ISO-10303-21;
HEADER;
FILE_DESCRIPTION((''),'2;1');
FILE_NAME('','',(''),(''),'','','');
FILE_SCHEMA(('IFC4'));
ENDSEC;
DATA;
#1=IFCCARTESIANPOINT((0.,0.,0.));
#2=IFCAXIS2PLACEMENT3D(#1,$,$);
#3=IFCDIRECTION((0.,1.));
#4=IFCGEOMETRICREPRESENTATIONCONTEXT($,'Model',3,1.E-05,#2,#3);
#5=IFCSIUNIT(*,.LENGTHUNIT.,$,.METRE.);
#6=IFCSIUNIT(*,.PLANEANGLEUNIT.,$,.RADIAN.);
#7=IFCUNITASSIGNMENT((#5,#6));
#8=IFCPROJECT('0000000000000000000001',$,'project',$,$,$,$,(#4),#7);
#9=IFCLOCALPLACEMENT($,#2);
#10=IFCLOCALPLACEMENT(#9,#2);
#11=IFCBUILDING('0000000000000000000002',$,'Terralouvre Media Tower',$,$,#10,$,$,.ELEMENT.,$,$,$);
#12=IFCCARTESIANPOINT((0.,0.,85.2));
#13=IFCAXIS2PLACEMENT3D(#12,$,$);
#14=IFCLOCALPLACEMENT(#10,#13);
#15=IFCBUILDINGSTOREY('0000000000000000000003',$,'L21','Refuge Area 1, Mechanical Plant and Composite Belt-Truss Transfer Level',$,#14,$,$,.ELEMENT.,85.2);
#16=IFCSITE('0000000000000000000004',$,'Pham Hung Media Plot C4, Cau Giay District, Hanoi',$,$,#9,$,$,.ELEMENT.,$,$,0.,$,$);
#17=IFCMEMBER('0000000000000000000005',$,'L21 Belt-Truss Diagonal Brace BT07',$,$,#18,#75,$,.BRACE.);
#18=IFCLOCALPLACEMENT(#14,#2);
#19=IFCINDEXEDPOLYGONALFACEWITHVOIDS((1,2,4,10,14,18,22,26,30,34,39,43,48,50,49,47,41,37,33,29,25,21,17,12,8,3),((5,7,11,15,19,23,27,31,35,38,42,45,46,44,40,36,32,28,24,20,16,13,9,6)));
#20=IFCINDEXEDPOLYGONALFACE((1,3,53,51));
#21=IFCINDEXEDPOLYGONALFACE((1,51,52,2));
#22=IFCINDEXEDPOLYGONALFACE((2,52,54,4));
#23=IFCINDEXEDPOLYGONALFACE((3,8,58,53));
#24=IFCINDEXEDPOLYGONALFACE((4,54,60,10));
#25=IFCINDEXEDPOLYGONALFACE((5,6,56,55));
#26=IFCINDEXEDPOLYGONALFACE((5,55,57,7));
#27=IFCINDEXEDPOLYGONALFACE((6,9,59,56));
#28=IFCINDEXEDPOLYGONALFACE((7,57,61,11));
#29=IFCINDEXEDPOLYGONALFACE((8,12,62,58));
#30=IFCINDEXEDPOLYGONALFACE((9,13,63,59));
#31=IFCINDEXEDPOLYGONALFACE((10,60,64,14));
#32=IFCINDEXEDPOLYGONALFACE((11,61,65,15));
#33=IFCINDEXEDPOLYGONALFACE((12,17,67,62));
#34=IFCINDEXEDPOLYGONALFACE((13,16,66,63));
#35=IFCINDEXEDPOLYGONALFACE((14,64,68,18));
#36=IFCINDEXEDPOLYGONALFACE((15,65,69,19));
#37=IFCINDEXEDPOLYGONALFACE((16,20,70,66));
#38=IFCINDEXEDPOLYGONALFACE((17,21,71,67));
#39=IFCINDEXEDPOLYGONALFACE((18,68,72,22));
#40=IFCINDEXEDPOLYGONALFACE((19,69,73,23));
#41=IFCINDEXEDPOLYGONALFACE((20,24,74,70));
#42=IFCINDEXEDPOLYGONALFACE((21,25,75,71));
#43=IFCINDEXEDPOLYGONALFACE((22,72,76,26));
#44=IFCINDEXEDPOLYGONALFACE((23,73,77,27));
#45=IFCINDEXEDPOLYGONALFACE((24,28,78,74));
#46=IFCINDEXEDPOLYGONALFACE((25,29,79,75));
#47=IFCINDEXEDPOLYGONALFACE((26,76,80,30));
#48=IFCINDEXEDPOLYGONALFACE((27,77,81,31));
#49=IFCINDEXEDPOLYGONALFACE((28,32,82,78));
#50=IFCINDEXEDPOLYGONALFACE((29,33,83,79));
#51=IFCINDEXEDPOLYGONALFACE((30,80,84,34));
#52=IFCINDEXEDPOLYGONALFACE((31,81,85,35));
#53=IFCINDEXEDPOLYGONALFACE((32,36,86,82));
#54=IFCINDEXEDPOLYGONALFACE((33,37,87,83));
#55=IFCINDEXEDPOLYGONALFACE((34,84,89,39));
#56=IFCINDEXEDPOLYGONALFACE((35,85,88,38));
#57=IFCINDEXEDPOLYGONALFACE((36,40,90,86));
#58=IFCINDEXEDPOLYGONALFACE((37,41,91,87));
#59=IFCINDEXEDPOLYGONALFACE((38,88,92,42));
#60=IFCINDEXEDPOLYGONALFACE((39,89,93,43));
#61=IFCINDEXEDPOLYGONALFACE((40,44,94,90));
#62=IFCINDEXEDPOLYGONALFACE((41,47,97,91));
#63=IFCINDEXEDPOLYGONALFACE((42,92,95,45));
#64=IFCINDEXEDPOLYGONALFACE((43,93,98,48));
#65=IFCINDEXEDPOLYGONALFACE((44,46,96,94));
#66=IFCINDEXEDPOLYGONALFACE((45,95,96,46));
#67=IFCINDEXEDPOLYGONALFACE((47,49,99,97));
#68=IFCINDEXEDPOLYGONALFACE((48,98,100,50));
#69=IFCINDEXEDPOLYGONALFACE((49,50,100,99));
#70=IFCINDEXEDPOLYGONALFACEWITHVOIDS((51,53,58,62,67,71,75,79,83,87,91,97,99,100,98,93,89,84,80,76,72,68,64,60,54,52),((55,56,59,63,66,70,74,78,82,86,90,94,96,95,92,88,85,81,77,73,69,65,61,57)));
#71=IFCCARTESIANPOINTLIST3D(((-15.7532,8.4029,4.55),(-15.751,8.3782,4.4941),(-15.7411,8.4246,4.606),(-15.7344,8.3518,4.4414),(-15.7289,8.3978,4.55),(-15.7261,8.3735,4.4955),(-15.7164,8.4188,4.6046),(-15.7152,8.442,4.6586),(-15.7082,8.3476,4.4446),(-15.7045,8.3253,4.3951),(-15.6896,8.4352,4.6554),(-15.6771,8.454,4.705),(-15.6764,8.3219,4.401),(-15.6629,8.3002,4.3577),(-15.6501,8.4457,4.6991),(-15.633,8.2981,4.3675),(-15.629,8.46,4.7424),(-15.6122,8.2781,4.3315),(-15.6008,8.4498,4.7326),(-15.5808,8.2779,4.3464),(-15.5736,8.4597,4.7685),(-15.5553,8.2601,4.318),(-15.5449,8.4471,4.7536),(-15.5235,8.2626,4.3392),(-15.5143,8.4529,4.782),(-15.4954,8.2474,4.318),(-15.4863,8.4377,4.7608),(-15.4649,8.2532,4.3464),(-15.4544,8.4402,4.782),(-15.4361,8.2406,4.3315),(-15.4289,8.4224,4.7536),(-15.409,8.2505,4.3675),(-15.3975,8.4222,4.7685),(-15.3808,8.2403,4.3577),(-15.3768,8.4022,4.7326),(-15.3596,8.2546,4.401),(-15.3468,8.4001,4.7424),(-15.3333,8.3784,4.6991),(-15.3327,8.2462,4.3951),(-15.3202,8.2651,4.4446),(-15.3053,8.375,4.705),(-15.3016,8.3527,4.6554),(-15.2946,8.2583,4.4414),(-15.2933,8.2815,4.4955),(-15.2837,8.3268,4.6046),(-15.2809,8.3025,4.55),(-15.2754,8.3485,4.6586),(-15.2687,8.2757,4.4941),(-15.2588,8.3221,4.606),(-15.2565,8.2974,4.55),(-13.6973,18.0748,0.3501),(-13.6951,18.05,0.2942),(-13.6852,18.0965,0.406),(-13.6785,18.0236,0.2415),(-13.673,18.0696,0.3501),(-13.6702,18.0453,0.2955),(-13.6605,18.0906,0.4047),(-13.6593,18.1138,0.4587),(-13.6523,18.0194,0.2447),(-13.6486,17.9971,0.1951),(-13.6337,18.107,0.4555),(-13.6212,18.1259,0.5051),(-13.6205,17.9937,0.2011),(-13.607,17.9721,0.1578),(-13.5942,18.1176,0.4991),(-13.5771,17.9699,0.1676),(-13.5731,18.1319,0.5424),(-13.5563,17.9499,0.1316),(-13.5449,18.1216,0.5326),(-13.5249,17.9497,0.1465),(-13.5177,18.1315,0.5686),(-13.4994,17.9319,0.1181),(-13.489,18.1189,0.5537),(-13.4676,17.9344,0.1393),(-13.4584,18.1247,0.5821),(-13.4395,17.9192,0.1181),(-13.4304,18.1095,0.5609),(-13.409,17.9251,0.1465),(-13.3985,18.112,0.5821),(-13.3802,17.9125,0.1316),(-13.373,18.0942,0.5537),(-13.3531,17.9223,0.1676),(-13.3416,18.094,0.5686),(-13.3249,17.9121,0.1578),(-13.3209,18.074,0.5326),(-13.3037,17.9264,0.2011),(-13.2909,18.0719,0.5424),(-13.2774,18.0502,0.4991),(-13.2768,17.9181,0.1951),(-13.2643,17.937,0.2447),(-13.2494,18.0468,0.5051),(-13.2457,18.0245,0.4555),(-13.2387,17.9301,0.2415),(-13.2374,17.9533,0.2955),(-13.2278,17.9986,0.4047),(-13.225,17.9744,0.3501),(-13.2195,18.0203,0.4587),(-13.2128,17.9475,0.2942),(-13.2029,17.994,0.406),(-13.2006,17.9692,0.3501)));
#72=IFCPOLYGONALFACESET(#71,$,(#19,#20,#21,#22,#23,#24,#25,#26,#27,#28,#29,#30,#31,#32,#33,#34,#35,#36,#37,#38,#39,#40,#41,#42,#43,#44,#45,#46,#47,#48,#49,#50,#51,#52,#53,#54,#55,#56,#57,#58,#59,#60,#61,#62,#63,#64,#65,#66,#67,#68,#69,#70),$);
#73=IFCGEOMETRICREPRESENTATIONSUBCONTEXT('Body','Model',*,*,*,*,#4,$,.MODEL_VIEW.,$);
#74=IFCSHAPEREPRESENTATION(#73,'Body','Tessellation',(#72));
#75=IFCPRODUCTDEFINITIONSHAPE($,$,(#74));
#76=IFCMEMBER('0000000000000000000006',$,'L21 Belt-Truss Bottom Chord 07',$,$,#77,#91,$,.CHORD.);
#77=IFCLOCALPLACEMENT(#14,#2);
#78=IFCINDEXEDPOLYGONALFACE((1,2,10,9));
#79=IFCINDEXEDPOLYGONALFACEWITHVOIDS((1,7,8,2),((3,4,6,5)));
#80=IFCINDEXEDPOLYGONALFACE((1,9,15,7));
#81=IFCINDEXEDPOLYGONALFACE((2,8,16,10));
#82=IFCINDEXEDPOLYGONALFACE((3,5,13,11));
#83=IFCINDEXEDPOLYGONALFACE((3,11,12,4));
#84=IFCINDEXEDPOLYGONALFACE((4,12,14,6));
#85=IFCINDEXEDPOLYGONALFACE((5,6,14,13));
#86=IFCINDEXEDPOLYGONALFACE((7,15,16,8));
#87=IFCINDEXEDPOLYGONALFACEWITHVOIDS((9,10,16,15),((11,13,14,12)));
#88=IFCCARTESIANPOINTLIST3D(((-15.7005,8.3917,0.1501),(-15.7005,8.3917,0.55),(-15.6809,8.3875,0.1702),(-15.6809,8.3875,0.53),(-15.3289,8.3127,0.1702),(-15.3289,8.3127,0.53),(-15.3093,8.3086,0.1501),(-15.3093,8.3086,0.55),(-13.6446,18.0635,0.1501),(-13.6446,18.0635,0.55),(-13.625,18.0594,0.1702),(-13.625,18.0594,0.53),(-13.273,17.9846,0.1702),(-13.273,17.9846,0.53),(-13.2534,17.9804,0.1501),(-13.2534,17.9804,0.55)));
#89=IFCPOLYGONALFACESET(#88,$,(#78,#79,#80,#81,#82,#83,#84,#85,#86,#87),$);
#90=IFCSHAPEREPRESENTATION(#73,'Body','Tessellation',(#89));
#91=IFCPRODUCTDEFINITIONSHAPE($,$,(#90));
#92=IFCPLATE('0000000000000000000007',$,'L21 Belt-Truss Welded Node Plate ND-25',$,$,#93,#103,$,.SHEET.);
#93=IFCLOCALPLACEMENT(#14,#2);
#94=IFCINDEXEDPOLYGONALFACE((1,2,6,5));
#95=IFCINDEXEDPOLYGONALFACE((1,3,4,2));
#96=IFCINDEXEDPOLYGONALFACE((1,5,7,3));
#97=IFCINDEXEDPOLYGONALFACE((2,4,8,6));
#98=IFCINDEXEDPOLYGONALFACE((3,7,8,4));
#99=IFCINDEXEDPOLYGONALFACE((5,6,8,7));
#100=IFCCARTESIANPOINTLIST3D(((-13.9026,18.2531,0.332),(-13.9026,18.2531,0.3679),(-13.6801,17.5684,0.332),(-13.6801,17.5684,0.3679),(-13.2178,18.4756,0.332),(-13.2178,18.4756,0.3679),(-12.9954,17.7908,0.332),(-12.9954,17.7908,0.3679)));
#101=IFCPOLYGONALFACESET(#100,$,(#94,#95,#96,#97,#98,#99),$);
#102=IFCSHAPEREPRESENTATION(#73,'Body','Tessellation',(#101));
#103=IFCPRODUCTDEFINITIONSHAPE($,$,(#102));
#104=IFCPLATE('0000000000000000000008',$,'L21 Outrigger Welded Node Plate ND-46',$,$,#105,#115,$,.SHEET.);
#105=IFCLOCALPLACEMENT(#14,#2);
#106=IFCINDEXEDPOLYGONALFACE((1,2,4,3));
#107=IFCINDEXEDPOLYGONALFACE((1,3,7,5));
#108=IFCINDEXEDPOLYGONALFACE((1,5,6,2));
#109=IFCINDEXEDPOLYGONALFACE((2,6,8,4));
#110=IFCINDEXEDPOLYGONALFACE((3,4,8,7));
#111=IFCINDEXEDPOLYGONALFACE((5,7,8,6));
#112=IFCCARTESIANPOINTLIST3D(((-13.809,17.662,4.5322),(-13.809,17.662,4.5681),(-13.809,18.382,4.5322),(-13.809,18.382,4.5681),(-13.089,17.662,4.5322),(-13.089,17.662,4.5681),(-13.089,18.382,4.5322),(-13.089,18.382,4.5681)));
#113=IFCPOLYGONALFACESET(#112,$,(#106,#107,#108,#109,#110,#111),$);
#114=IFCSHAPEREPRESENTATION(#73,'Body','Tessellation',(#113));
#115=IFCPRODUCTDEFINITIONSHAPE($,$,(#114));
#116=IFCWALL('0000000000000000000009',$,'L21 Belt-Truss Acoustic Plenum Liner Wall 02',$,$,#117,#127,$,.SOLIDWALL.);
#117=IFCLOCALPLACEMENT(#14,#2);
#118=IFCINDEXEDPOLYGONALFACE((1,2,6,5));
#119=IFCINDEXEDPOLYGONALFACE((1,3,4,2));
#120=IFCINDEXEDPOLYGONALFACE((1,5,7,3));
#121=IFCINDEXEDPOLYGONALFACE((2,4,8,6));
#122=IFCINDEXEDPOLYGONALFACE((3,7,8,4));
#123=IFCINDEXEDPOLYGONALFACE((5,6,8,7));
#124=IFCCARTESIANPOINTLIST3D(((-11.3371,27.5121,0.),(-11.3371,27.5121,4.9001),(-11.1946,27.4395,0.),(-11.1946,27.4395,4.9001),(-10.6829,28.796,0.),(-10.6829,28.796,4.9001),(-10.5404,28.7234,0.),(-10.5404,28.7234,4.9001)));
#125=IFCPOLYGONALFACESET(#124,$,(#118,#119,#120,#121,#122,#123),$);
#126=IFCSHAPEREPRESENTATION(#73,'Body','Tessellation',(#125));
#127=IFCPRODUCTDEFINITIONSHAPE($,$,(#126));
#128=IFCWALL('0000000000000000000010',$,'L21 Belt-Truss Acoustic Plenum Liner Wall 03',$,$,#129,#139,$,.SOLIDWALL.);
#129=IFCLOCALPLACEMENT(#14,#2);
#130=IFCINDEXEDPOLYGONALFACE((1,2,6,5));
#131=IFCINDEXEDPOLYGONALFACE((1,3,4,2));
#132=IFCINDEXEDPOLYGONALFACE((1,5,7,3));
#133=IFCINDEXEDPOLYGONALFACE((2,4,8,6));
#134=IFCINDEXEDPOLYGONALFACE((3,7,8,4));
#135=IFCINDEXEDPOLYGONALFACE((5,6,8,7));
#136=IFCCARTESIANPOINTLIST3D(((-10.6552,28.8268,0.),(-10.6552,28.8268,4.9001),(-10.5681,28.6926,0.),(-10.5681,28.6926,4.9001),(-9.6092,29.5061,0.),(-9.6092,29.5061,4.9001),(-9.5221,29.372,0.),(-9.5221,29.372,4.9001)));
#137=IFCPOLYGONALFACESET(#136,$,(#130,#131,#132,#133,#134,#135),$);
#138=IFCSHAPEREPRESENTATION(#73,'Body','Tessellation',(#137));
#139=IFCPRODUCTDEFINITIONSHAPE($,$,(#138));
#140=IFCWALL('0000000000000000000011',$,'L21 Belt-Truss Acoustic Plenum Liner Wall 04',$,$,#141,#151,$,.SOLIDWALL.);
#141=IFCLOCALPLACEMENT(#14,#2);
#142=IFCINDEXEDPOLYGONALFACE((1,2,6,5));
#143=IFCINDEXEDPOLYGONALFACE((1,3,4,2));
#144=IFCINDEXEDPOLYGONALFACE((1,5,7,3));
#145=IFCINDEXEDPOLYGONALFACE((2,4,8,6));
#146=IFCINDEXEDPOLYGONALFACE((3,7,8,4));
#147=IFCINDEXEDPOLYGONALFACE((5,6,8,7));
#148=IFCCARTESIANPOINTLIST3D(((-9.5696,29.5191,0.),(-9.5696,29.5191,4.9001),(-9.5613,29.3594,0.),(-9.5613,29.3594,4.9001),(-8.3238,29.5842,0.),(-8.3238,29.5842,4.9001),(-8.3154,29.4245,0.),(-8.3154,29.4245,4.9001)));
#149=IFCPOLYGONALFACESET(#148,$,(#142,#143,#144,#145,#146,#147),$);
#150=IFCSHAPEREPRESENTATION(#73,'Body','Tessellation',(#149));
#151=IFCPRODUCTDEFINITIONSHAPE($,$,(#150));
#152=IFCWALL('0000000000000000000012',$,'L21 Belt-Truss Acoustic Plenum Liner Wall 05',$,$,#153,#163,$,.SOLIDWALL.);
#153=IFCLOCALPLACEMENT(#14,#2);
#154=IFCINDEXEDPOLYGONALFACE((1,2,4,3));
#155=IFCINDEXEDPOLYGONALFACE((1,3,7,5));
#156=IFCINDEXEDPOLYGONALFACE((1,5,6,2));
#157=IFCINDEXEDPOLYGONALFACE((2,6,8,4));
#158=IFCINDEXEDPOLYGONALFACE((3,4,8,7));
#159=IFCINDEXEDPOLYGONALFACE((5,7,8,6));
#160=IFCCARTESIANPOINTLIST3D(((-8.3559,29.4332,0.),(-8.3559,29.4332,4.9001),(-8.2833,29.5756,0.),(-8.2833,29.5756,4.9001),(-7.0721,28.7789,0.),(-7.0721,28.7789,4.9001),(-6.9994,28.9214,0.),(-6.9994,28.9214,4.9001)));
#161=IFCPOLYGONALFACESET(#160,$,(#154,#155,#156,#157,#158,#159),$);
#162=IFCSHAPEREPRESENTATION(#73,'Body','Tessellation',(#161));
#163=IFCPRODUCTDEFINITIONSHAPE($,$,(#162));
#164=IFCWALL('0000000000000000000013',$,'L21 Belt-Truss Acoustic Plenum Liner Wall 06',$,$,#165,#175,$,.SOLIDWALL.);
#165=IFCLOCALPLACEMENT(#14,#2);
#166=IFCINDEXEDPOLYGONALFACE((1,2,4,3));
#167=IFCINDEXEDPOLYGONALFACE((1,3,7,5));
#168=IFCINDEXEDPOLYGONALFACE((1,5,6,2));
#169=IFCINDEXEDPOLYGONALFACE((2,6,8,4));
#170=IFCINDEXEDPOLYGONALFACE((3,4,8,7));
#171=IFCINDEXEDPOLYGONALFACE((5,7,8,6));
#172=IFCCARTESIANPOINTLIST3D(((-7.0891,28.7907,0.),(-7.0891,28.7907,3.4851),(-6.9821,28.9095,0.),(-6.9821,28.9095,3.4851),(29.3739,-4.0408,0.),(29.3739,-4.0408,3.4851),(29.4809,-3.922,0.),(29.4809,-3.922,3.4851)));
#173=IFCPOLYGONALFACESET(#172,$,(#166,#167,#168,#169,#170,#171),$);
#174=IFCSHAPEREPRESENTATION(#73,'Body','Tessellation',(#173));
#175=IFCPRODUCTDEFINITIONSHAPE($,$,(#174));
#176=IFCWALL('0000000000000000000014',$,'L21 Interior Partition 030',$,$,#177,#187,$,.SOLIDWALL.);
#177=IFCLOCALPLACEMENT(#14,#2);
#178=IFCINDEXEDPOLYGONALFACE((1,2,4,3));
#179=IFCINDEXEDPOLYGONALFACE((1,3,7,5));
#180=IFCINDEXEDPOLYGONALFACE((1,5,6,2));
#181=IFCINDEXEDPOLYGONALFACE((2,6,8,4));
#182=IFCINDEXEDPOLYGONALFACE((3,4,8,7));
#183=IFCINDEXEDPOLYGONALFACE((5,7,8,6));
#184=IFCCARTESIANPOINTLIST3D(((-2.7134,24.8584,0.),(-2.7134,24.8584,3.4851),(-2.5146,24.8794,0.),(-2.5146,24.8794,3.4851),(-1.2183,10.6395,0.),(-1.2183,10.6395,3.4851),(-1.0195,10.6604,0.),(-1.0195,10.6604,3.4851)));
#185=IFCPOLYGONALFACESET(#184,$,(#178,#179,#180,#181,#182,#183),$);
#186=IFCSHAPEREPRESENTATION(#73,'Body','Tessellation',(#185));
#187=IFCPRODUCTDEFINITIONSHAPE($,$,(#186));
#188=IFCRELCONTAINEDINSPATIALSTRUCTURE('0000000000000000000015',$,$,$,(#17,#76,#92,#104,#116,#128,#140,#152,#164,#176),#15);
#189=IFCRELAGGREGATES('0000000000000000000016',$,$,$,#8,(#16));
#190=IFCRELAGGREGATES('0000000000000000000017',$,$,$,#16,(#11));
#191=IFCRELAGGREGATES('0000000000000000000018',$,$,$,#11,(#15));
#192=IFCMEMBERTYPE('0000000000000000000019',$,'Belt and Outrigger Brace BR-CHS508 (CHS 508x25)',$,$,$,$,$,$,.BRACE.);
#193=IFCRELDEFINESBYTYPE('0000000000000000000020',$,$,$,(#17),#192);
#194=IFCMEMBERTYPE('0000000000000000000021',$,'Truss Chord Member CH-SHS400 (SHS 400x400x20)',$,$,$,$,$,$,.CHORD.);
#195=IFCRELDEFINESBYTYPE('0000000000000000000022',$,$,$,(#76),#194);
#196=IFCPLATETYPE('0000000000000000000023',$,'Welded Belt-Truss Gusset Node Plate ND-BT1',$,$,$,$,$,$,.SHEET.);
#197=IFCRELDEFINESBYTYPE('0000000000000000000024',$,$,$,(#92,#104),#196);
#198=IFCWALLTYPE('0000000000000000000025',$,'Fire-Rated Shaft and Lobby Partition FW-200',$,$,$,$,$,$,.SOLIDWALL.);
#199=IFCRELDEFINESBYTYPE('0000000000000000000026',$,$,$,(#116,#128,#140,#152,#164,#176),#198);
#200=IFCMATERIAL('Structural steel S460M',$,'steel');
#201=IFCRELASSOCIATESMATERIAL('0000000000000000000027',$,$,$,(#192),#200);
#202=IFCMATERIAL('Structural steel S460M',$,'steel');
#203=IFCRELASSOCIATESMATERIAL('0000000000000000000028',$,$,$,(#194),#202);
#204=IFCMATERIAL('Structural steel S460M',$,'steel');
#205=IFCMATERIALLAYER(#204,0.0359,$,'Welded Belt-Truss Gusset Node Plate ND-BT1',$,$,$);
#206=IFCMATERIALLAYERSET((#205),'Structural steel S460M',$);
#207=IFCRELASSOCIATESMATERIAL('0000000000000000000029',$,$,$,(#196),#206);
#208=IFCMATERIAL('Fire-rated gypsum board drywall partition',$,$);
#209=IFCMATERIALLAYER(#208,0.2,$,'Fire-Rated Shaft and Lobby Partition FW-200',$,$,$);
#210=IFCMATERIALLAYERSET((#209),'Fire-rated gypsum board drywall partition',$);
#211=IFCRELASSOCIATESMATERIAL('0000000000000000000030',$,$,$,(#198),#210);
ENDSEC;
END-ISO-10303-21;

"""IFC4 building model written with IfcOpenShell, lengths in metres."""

from ifc_helpers import new_model, si_unit, direction, frame, frame_2d, origin, origin_2d, place, context, subcontext, project, spatial, rectangle, hollow_rectangle, hollow_circle, extrude, material, layer, layer_set, material_profile, profile_set, type_object, element, save


model = new_model("IFC4")

# Units and contexts
model_context = context("Model", 3, precision=1e-05, world=origin(), true_north=direction((0.0, 1.0)))
body_context = subcontext(model_context, "Body", "Model", "MODEL_VIEW")
ifc_project = project(units=[si_unit("LENGTHUNIT", "METRE"), si_unit("PLANEANGLEUNIT", "RADIAN")], contexts=[model_context])

# Site, building, storey
site_placement = place(None, origin())
site = spatial("IfcSite", under=ifc_project, at=site_placement, Name="Pham Hung Media Plot C4, Cau Giay District, Hanoi", CompositionType="ELEMENT", RefElevation=0.0)
building_placement = place(site_placement, origin())
building = spatial("IfcBuilding", under=site, at=building_placement, Name="Terralouvre Media Tower", CompositionType="ELEMENT")
storey_placement = place(building_placement, frame((0.0, 0.0, 85.2)))
storey = spatial("IfcBuildingStorey", under=building, at=storey_placement, Name="L21", Description="Refuge Area 1, Mechanical Plant and Composite Belt-Truss Transfer Level", CompositionType="ELEMENT", Elevation=85.2)

# Members
ifc_material_1 = material(Name="Structural steel S460M", Category="steel")
ifc_material_profile_1 = material_profile(ifc_material_1, hollow_circle(Radius=0.2539, WallThickness=0.0249, at=origin_2d()), Name="CHS 508x25")
ifc_profile_set_1 = profile_set([ifc_material_profile_1], Name="Structural steel S460M")
member_type_1 = type_object("IfcMemberType", Name="Belt and Outrigger Brace BR-CHS508 (CHS 508x25)", PredefinedType="BRACE", material=ifc_profile_set_1)
member_1_placement = place(storey_placement, frame((-13.449, 18.022, 0.3501), z_axis=(-0.191372, -0.900298, 0.390949), x_axis=(0.978146, -0.20792, 0.0)))
element("IfcMember", 1, at=member_1_placement, inside=storey, type_object=member_type_1, Name="L21 Belt-Truss Diagonal Brace BT07", PredefinedType="BRACE", context=body_context, shape_type="SweptSolid", body=[
    extrude(hollow_circle(Radius=0.2539, WallThickness=0.0249, at=origin_2d()), origin(), (0.0, 0.0, 1.0), 10.7429),
])
ifc_material_2 = material(Name="Structural steel S460M", Category="steel")
ifc_material_profile_2 = material_profile(ifc_material_2, hollow_rectangle(XDim=0.3999, YDim=0.3999, WallThickness=0.02, at=origin_2d()), Name="SHS 400x400x20")
ifc_profile_set_2 = profile_set([ifc_material_profile_2], Name="Structural steel S460M")
member_type_2 = type_object("IfcMemberType", Name="Truss Chord Member CH-SHS400 (SHS 400x400x20)", PredefinedType="CHORD", material=ifc_profile_set_2)
member_2_placement = place(storey_placement, frame((-13.449, 18.022, 0.3501), z_axis=(-0.20792, -0.978146, 0.0), x_axis=(0.978146, -0.20792, 0.0)))
element("IfcMember", 2, at=member_2_placement, inside=storey, type_object=member_type_2, Name="L21 Belt-Truss Bottom Chord 07", PredefinedType="CHORD", context=body_context, shape_type="SweptSolid", body=[
    extrude(hollow_rectangle(XDim=0.3999, YDim=0.3999, WallThickness=0.02, at=origin_2d()), origin(), (0.0, 0.0, 1.0), 9.8879),
])

# Plates
ifc_material_3 = material(Name="Structural steel S460M", Category="steel")
ifc_layer_1 = layer(ifc_material_3, 0.0359, Name="Welded Belt-Truss Gusset Node Plate ND-BT1")
ifc_layer_set_1 = layer_set([ifc_layer_1], Name="Structural steel S460M")
plate_type = type_object("IfcPlateType", Name="Welded Belt-Truss Gusset Node Plate ND-BT1", PredefinedType="SHEET", material=ifc_layer_set_1)
for number, where, z_axis, x_axis, name in (
    (3, (-13.449, 18.022, 0.332), (0.0, 0.0, 1.0), (0.951057, 0.309017, 0.0), "L21 Belt-Truss Welded Node Plate ND-25"),
    (4, (-13.449, 18.022, 4.5322), (0.0, 0.0, 1.0), (1.0, 0.0, 0.0), "L21 Outrigger Welded Node Plate ND-46"),
):
    element("IfcPlate", number, at=place(storey_placement, frame(where, z_axis=z_axis, x_axis=x_axis)), inside=storey, type_object=plate_type, Name=name, PredefinedType="SHEET", context=body_context, shape_type="SweptSolid", body=[
        extrude(rectangle(XDim=0.72, YDim=0.72, at=origin_2d()), origin(), (0.0, 0.0, 1.0), 0.0359),
    ])

# Walls
ifc_material_4 = material(Name="Fire-rated gypsum board drywall partition")
ifc_layer_2 = layer(ifc_material_4, 0.2, Name="Fire-Rated Shaft and Lobby Partition FW-200")
ifc_layer_set_2 = layer_set([ifc_layer_2], Name="Fire-rated gypsum board drywall partition")
wall_type_1 = type_object("IfcWallType", Name="Fire-Rated Shaft and Lobby Partition FW-200", PredefinedType="SOLIDWALL", material=ifc_layer_set_2)
wall_1_placement = place(storey_placement, frame((-11.2659, 27.4758, 0.0), z_axis=(0.0, 0.0, 1.0), x_axis=(0.454045, 0.890979, 0.0)))
element("IfcWall", 5, at=wall_1_placement, inside=storey, type_object=wall_type_1, Name="L21 Belt-Truss Acoustic Plenum Liner Wall 02", PredefinedType="SOLIDWALL", context=body_context, shape_type="SweptSolid", body=[
    extrude(rectangle(XDim=1.4409, YDim=0.1599, at=frame_2d((0.7205, 0.0))), origin(), (0.0, 0.0, 1.0), 4.9001),
])
wall_2_placement = place(storey_placement, frame((-10.6116, 28.7598, 0.0), z_axis=(0.0, 0.0, 1.0), x_axis=(0.838645, 0.544679, 0.0)))
element("IfcWall", 6, at=wall_2_placement, inside=storey, type_object=wall_type_1, Name="L21 Belt-Truss Acoustic Plenum Liner Wall 03", PredefinedType="SOLIDWALL", context=body_context, shape_type="SweptSolid", body=[
    extrude(rectangle(XDim=1.2473, YDim=0.1599, at=frame_2d((0.6235, 0.0))), origin(), (0.0, 0.0, 1.0), 4.9001),
])
wall_3_placement = place(storey_placement, frame((-9.5654, 29.4392, 0.0), z_axis=(0.0, 0.0, 1.0), x_axis=(0.998634, 0.052251, 0.0)))
element("IfcWall", 7, at=wall_3_placement, inside=storey, type_object=wall_type_1, Name="L21 Belt-Truss Acoustic Plenum Liner Wall 04", PredefinedType="SOLIDWALL", context=body_context, shape_type="SweptSolid", body=[
    extrude(rectangle(XDim=1.2476, YDim=0.1599, at=frame_2d((0.6238, 0.0))), origin(), (0.0, 0.0, 1.0), 4.9001),
])
wall_4_placement = place(storey_placement, frame((-8.3196, 29.5044, 0.0), z_axis=(0.0, 0.0, 1.0), x_axis=(0.890979, -0.454045, 0.0)))
element("IfcWall", 8, at=wall_4_placement, inside=storey, type_object=wall_type_1, Name="L21 Belt-Truss Acoustic Plenum Liner Wall 05", PredefinedType="SOLIDWALL", context=body_context, shape_type="SweptSolid", body=[
    extrude(rectangle(XDim=1.4409, YDim=0.1599, at=frame_2d((0.7205, 0.0))), origin(), (0.0, 0.0, 1.0), 4.9001),
])
wall_5_placement = place(storey_placement, frame((-7.0356, 28.8501, 0.0), z_axis=(0.0, 0.0, 1.0), x_axis=(0.743145, -0.66913, 0.0)))
element("IfcWall", 9, at=wall_5_placement, inside=storey, type_object=wall_type_1, Name="L21 Belt-Truss Acoustic Plenum Liner Wall 06", PredefinedType="SOLIDWALL", context=body_context, shape_type="SweptSolid", body=[
    extrude(rectangle(XDim=49.0659, YDim=0.1599, at=frame_2d((24.533, 0.0))), origin(), (0.0, 0.0, 1.0), 3.4851),
])
wall_6_placement = place(storey_placement, frame((-2.614, 24.8689, 0.0), z_axis=(0.0, 0.0, 1.0), x_axis=(0.104573, -0.994517, 0.0)))
element("IfcWall", 10, at=wall_6_placement, inside=storey, type_object=wall_type_1, Name="L21 Interior Partition 030", PredefinedType="SOLIDWALL", context=body_context, shape_type="SweptSolid", body=[
    extrude(rectangle(XDim=14.2974, YDim=0.2, at=frame_2d((7.1487, 0.0))), origin(), (0.0, 0.0, 1.0), 3.4851),
])

save(model, "model.ifc")
